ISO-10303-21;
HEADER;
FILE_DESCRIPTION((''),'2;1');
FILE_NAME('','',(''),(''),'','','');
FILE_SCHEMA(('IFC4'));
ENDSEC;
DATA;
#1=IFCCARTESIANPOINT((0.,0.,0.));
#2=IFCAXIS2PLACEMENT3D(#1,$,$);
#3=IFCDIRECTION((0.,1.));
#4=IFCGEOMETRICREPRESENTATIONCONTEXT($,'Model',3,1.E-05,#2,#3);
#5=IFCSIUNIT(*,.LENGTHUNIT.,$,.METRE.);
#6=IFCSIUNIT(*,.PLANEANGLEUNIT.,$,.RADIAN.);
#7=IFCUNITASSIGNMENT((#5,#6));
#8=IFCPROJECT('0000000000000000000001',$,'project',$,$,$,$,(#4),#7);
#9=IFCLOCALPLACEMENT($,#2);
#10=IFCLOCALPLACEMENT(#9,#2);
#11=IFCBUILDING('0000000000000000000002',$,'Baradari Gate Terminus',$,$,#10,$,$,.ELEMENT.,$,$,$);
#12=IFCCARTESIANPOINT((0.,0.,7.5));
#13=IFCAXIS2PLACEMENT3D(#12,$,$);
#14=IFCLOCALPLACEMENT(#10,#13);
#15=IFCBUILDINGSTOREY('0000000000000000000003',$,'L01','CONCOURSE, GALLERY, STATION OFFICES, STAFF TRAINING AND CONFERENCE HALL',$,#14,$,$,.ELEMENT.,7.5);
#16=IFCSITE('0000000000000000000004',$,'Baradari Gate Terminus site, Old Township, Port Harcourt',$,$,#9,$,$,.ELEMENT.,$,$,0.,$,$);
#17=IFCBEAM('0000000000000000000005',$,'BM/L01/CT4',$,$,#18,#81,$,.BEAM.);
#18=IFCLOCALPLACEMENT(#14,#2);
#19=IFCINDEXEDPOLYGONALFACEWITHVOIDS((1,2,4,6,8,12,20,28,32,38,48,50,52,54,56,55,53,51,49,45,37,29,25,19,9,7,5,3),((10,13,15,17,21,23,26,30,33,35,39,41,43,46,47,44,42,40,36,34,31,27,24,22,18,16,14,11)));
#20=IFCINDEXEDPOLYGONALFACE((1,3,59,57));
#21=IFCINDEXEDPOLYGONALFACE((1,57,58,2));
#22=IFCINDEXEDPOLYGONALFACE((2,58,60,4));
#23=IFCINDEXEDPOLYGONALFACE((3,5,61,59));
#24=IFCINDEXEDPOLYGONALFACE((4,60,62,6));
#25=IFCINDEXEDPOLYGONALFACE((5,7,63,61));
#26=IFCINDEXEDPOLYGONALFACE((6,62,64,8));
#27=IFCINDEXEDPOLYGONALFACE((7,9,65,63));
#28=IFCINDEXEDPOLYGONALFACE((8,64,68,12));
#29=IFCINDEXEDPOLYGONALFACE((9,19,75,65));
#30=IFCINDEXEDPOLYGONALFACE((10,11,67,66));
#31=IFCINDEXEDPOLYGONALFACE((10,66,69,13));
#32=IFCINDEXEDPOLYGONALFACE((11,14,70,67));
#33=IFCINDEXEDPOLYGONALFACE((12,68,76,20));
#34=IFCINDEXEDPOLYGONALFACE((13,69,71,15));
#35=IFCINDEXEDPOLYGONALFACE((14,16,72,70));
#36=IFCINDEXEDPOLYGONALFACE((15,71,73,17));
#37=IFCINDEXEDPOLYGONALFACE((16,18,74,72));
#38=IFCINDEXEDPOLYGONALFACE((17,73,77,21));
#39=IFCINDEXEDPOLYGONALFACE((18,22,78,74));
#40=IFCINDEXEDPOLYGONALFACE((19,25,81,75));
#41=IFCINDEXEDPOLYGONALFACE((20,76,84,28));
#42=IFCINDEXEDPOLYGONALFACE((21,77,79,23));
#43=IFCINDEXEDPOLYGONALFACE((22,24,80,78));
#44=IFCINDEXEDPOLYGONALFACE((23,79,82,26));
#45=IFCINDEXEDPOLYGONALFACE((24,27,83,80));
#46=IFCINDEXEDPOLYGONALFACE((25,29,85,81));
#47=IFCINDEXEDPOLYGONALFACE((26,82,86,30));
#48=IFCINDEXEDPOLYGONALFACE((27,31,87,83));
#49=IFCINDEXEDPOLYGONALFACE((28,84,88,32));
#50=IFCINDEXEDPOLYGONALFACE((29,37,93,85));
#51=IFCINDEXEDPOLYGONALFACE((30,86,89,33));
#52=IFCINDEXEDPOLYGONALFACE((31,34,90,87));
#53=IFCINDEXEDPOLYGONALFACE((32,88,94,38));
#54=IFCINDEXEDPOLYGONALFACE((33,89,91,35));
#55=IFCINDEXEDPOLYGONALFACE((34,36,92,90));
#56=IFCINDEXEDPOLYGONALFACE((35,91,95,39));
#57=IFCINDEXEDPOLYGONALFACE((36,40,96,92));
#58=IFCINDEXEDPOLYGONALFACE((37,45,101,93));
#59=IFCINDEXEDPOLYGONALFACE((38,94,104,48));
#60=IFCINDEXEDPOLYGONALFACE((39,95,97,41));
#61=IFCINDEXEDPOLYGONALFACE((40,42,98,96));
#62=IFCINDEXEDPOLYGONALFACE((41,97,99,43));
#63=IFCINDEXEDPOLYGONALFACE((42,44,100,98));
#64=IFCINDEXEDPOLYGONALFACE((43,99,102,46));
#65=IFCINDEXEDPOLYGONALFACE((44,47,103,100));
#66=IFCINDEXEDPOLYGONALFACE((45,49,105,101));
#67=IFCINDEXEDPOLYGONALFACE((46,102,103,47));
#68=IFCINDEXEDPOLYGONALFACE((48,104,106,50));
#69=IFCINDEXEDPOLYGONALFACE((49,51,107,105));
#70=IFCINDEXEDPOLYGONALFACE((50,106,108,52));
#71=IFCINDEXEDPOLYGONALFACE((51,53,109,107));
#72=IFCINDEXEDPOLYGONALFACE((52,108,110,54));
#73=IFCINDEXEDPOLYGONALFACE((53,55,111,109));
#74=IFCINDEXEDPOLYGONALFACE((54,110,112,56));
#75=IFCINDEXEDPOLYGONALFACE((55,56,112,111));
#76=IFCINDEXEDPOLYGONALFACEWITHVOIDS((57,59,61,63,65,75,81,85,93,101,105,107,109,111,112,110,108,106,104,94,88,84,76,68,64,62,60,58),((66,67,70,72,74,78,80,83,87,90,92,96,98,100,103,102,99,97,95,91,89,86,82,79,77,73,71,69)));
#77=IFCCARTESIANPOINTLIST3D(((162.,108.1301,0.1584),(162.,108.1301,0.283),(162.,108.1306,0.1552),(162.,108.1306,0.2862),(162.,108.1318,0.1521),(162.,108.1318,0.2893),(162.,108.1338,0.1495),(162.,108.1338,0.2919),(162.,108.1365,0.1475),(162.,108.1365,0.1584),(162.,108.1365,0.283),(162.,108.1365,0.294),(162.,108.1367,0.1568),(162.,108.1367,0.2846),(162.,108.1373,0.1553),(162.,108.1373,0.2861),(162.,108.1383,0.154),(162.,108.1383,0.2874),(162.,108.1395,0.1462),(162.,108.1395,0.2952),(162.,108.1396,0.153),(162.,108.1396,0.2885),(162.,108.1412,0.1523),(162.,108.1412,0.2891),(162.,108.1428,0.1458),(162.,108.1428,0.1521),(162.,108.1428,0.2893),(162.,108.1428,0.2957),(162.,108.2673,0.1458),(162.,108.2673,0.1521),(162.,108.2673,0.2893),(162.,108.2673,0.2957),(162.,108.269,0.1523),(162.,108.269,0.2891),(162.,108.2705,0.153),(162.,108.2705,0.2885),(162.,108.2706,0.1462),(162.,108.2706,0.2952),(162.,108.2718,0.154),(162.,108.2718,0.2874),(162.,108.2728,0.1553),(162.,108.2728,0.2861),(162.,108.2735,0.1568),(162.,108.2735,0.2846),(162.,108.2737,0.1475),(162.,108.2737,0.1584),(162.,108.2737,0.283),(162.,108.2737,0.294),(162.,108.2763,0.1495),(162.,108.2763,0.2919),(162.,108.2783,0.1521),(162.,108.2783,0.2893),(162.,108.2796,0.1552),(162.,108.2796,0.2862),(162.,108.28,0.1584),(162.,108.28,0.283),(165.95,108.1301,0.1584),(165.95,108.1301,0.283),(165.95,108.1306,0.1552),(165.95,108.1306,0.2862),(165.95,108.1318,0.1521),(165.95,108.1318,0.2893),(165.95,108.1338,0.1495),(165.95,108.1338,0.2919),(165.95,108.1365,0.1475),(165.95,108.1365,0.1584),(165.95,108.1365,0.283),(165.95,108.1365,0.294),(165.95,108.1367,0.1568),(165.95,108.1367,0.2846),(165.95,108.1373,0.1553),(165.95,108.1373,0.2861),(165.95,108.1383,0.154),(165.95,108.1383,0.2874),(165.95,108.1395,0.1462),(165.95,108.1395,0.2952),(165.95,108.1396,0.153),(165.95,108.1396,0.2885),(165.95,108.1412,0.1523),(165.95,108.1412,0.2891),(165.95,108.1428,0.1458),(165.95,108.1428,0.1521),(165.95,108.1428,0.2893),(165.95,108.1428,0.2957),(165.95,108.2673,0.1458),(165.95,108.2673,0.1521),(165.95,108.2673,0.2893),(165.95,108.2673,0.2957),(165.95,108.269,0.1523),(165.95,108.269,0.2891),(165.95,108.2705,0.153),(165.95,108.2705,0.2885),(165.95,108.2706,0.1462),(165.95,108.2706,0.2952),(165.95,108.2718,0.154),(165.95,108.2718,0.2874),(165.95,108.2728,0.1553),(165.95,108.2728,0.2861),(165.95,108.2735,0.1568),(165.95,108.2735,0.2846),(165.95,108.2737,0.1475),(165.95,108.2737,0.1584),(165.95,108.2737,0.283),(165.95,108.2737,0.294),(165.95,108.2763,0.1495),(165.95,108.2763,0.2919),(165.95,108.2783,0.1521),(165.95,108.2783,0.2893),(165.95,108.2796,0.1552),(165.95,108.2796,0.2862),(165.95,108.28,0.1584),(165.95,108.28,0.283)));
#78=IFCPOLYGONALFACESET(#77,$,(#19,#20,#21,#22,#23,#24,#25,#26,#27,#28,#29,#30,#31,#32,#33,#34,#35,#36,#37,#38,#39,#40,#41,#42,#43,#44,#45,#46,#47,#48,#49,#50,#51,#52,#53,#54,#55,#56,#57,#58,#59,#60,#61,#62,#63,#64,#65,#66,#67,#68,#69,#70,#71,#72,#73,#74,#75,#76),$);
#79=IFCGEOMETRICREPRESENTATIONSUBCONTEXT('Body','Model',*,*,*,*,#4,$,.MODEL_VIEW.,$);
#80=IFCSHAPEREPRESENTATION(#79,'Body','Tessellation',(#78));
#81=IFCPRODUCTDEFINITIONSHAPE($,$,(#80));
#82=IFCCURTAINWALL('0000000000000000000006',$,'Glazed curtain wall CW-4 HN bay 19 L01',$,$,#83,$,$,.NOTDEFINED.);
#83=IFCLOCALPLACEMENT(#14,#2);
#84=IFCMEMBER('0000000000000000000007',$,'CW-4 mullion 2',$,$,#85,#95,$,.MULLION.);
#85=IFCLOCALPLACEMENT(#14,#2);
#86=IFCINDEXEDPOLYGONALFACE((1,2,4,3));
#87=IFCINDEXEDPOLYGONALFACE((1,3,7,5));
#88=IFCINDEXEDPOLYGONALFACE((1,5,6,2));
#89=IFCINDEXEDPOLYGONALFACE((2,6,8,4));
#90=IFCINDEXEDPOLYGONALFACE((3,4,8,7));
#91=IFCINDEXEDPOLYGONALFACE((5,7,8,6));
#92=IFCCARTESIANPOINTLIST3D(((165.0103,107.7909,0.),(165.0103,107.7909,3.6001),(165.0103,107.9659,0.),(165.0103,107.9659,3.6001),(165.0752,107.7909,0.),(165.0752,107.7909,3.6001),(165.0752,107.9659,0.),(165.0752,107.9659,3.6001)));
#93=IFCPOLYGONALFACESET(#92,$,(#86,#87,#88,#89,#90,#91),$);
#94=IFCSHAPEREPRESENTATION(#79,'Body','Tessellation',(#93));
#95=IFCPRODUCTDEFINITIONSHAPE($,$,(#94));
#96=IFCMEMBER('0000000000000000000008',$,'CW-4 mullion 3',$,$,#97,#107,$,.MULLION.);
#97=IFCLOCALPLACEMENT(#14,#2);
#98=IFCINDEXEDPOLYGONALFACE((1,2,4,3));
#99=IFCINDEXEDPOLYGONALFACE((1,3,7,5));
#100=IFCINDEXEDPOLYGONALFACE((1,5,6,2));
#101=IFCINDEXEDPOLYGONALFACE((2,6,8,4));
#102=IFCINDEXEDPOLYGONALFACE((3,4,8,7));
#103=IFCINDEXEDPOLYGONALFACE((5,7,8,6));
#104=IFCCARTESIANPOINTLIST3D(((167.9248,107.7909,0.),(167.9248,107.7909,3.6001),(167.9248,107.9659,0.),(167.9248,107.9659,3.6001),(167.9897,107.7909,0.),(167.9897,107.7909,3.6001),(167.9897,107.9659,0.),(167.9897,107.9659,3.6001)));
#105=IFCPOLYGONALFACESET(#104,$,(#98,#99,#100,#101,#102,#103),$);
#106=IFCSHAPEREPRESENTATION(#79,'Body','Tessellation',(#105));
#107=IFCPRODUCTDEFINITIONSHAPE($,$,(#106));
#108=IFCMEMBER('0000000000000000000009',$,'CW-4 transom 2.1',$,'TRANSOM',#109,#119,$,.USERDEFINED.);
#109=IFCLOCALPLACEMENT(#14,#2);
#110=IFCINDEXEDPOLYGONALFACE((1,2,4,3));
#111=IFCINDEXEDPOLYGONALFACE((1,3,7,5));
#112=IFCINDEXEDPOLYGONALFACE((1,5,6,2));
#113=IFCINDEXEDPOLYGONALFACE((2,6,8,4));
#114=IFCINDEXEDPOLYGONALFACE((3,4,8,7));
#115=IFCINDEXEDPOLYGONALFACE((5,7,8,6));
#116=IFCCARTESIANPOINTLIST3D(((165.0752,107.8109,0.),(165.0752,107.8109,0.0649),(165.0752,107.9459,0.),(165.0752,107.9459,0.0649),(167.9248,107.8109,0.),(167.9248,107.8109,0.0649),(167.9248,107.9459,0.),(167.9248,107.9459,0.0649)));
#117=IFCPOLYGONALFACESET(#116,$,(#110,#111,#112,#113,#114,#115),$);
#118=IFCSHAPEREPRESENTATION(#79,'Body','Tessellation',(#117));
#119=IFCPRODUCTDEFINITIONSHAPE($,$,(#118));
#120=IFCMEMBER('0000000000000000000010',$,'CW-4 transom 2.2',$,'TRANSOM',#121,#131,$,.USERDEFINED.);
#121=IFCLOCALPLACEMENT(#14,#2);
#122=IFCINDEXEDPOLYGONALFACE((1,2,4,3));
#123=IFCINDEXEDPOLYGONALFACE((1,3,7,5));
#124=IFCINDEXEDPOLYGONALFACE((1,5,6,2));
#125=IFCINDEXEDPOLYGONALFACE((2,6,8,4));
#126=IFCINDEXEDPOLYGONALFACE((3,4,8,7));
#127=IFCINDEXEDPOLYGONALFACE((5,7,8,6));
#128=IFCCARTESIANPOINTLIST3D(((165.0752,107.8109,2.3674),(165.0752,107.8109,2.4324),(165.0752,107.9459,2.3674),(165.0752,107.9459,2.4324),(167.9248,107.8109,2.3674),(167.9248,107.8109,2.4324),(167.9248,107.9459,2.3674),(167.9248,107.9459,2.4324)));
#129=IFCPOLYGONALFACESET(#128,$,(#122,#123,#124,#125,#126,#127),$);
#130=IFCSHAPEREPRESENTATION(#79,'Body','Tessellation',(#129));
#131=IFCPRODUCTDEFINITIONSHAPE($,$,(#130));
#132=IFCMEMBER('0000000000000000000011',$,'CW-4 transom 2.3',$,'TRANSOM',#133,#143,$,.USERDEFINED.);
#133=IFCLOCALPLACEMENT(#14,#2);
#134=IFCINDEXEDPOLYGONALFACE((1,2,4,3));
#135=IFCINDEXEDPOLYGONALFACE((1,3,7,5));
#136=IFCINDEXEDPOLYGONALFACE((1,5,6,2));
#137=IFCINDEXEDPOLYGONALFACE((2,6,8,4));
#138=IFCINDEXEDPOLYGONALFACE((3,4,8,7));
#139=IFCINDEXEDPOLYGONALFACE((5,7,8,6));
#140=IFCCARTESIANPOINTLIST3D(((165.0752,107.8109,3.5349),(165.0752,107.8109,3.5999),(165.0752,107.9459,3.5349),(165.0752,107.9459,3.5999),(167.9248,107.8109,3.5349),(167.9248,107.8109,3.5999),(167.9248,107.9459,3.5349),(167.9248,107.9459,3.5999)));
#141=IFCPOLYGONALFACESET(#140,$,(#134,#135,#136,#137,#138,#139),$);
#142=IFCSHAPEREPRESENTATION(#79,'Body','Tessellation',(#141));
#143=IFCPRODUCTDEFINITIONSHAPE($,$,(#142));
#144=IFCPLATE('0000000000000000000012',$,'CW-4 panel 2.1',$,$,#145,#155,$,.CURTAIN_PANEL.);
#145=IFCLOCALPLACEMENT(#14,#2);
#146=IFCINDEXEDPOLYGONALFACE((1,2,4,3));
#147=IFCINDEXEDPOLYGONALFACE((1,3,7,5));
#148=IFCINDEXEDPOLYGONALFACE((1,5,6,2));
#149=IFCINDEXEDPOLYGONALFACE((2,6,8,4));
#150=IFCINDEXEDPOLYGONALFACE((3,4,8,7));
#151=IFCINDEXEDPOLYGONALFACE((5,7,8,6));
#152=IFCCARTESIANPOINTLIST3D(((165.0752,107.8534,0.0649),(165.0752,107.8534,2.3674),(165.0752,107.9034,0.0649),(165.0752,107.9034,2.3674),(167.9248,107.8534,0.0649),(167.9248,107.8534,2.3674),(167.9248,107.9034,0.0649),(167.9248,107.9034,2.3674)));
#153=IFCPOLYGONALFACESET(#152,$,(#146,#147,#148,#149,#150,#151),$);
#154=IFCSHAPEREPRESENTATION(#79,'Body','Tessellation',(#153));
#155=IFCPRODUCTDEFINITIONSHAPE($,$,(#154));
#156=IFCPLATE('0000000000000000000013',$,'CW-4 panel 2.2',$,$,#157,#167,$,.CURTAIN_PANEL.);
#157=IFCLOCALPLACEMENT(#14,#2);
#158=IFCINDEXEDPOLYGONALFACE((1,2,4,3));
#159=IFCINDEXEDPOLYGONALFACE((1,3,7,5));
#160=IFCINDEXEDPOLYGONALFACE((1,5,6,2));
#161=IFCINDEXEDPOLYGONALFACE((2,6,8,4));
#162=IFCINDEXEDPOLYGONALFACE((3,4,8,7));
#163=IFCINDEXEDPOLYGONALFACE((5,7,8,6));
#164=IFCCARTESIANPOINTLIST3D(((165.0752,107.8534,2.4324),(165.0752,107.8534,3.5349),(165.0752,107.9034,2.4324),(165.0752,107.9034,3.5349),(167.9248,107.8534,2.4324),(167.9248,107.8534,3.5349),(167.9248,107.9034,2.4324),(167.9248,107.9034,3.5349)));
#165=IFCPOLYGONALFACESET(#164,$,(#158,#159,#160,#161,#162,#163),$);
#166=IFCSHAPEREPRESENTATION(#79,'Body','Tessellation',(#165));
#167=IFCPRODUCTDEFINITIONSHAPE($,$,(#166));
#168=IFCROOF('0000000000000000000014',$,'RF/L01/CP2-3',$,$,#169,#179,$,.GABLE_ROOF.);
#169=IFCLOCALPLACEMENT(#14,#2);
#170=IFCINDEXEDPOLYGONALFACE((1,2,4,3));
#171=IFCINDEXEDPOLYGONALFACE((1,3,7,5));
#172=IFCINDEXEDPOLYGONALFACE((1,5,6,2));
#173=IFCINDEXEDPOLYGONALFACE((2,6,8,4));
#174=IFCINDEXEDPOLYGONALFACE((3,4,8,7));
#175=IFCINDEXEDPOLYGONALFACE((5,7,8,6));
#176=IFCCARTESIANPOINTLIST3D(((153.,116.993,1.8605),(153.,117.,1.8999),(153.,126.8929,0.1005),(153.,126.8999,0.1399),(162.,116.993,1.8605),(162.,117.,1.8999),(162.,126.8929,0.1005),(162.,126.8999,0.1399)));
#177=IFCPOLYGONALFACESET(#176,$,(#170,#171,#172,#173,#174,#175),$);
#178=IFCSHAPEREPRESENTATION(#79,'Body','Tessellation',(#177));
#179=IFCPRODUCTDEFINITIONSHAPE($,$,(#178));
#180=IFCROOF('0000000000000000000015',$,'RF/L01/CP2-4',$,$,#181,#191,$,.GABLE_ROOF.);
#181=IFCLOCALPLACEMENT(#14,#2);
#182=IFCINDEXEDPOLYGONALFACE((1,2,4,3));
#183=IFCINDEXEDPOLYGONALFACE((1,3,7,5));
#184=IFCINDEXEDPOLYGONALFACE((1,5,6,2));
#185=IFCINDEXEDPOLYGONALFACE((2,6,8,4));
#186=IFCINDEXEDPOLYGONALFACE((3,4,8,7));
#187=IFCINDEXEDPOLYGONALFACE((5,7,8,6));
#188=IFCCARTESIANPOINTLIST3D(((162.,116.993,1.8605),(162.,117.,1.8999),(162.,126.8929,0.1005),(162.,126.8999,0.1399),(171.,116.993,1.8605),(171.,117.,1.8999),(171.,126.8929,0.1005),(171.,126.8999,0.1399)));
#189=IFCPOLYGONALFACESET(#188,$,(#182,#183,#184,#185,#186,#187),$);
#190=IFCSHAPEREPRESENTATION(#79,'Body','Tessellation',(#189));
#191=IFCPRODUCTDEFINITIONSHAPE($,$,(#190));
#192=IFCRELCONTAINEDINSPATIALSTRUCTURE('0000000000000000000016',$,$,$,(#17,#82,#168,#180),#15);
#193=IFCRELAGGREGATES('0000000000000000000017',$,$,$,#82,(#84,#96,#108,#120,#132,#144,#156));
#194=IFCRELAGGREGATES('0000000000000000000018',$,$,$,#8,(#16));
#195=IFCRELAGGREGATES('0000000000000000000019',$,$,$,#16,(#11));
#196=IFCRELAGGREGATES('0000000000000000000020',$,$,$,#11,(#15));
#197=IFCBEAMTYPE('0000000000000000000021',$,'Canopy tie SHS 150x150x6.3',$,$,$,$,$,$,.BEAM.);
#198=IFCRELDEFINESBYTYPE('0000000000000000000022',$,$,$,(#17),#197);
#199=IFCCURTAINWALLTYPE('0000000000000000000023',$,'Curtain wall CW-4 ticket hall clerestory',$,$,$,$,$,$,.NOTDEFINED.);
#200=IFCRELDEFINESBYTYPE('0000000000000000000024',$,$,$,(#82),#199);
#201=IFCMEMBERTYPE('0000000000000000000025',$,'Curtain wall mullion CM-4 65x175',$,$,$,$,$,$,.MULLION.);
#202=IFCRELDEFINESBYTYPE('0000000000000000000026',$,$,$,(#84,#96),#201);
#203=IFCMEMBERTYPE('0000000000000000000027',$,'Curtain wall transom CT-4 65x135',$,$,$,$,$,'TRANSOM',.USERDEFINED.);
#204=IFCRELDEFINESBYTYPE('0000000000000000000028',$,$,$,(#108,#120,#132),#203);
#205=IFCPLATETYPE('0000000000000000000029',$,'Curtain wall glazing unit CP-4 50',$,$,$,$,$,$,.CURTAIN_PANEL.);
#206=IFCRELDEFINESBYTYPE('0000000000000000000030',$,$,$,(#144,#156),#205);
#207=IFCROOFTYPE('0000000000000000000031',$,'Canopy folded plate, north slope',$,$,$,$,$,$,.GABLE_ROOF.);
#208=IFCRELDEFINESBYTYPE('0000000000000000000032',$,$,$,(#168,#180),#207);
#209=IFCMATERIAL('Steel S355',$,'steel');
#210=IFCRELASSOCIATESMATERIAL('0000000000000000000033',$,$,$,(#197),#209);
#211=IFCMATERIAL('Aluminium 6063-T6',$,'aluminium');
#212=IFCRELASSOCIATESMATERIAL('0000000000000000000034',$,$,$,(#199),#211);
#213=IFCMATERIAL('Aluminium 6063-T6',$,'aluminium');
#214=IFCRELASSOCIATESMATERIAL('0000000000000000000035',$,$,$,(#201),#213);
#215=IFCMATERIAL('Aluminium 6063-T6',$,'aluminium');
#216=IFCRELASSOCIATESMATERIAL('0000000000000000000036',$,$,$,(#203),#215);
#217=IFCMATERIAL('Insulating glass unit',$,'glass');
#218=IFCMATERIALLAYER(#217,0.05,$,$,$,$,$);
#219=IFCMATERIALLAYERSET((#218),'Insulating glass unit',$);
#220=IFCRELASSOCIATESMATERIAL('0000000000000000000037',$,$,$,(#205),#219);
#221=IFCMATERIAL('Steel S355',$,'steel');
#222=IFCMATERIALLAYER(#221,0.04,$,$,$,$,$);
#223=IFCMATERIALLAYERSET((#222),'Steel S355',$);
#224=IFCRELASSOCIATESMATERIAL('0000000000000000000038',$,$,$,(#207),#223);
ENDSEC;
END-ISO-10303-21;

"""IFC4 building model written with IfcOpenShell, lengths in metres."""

from ifc_helpers import new_model, si_unit, direction, frame, origin, origin_2d, place, context, subcontext, project, spatial, polyline, rectangle, hollow_rectangle, outline, extrude, material, layer, layer_set, material_profile, profile_set, type_object, element, aggregate, save


model = new_model("IFC4")

# Units and contexts
model_context = context("Model", 3, precision=1e-05, world=origin(), true_north=direction((0.0, 1.0)))
body_context = subcontext(model_context, "Body", "Model", "MODEL_VIEW")
ifc_project = project(units=[si_unit("LENGTHUNIT", "METRE"), si_unit("PLANEANGLEUNIT", "RADIAN")], contexts=[model_context])

# Site, building, storey
site_placement = place(None, origin())
site = spatial("IfcSite", under=ifc_project, at=site_placement, Name="Baradari Gate Terminus site, Old Township, Port Harcourt", CompositionType="ELEMENT", RefElevation=0.0)
building_placement = place(site_placement, origin())
building = spatial("IfcBuilding", under=site, at=building_placement, Name="Baradari Gate Terminus", CompositionType="ELEMENT")
storey_placement = place(building_placement, frame((0.0, 0.0, 7.5)))
storey = spatial("IfcBuildingStorey", under=building, at=storey_placement, Name="L01", Description="CONCOURSE, GALLERY, STATION OFFICES, STAFF TRAINING AND CONFERENCE HALL", CompositionType="ELEMENT", Elevation=7.5)

# Beam
ifc_material_1 = material(Name="Steel S355", Category="steel")
ifc_material_profile_1 = material_profile(ifc_material_1, hollow_rectangle(XDim=0.1499, YDim=0.1499, WallThickness=0.0063, InnerFilletRadius=0.0063, OuterFilletRadius=0.0127, at=origin_2d()), Name="SHS 150x150x6.3")
ifc_profile_set_1 = profile_set([ifc_material_profile_1], Name="Steel S355")
beam_type_1 = type_object("IfcBeamType", Name="Canopy tie SHS 150x150x6.3", PredefinedType="BEAM", material=ifc_profile_set_1)
beam_1_placement = place(storey_placement, frame((162.0, 108.2051, 0.2207), z_axis=(1.0, 0.0, 0.0), x_axis=(0.0, 1.0, 0.0)))
element("IfcBeam", 1, at=beam_1_placement, inside=storey, type_object=beam_type_1, Name="BM/L01/CT4", PredefinedType="BEAM", context=body_context, shape_type="SweptSolid", body=[
    extrude(hollow_rectangle(XDim=0.1499, YDim=0.1499, WallThickness=0.0063, InnerFilletRadius=0.0063, OuterFilletRadius=0.0127, at=origin_2d()), origin(), (0.0, 0.0, 1.0), 3.95),
])

# Curtain wall, members, plates
ifc_material_2 = material(Name="Aluminium 6063-T6", Category="aluminium")
curtain_wall_type = type_object("IfcCurtainWallType", Name="Curtain wall CW-4 ticket hall clerestory", PredefinedType="NOTDEFINED", material=ifc_material_2)
curtain_wall_placement = place(storey_placement, origin())
curtain_wall = element("IfcCurtainWall", 2, at=curtain_wall_placement, inside=storey, type_object=curtain_wall_type, Name="Glazed curtain wall CW-4 HN bay 19 L01", PredefinedType="NOTDEFINED")
ifc_material_3 = material(Name="Aluminium 6063-T6", Category="aluminium")
ifc_material_profile_2 = material_profile(ifc_material_3, rectangle(XDim=0.175, YDim=0.0649, at=origin_2d()), Name="CM-4 65X175")
ifc_profile_set_2 = profile_set([ifc_material_profile_2], Name="Aluminium 6063-T6")
member_type_1 = type_object("IfcMemberType", Name="Curtain wall mullion CM-4 65x175", PredefinedType="MULLION", material=ifc_profile_set_2)
member_1_placement = place(storey_placement, frame((165.0427, 107.8784, 0.0), z_axis=(0.0, 0.0, 1.0), x_axis=(0.0, 1.0, 0.0)))
member_1 = element("IfcMember", 3, at=member_1_placement, type_object=member_type_1, Name="CW-4 mullion 2", PredefinedType="MULLION", context=body_context, shape_type="SweptSolid", body=[
    extrude(rectangle(XDim=0.175, YDim=0.0649, at=origin_2d()), origin(), (0.0, 0.0, 1.0), 3.6001),
])
member_2_placement = place(storey_placement, frame((167.9573, 107.8784, 0.0), z_axis=(0.0, 0.0, 1.0), x_axis=(0.0, 1.0, 0.0)))
member_2 = element("IfcMember", 4, at=member_2_placement, type_object=member_type_1, Name="CW-4 mullion 3", PredefinedType="MULLION", context=body_context, shape_type="SweptSolid", body=[
    extrude(rectangle(XDim=0.175, YDim=0.0649, at=origin_2d()), origin(), (0.0, 0.0, 1.0), 3.6001),
])
ifc_material_4 = material(Name="Aluminium 6063-T6", Category="aluminium")
ifc_material_profile_3 = material_profile(ifc_material_4, rectangle(XDim=0.135, YDim=0.0649, at=origin_2d()), Name="CT-4 65X135")
ifc_profile_set_3 = profile_set([ifc_material_profile_3], Name="Aluminium 6063-T6")
member_type_2 = type_object("IfcMemberType", Name="Curtain wall transom CT-4 65x135", ElementType="TRANSOM", PredefinedType="USERDEFINED", material=ifc_profile_set_3)
member_3_placement = place(storey_placement, frame((165.0752, 107.8784, 0.0325), z_axis=(1.0, 0.0, 0.0), x_axis=(0.0, 1.0, 0.0)))
member_3 = element("IfcMember", 5, at=member_3_placement, type_object=member_type_2, Name="CW-4 transom 2.1", ObjectType="TRANSOM", PredefinedType="USERDEFINED", context=body_context, shape_type="SweptSolid", body=[
    extrude(rectangle(XDim=0.135, YDim=0.0649, at=origin_2d()), origin(), (0.0, 0.0, 1.0), 2.8496),
])
member_4_placement = place(storey_placement, frame((165.0752, 107.8784, 2.3999), z_axis=(1.0, 0.0, 0.0), x_axis=(0.0, 1.0, 0.0)))
member_4 = element("IfcMember", 6, at=member_4_placement, type_object=member_type_2, Name="CW-4 transom 2.2", ObjectType="TRANSOM", PredefinedType="USERDEFINED", context=body_context, shape_type="SweptSolid", body=[
    extrude(rectangle(XDim=0.135, YDim=0.0649, at=origin_2d()), origin(), (0.0, 0.0, 1.0), 2.8496),
])
member_5_placement = place(storey_placement, frame((165.0752, 107.8784, 3.5674), z_axis=(1.0, 0.0, 0.0), x_axis=(0.0, 1.0, 0.0)))
member_5 = element("IfcMember", 7, at=member_5_placement, type_object=member_type_2, Name="CW-4 transom 2.3", ObjectType="TRANSOM", PredefinedType="USERDEFINED", context=body_context, shape_type="SweptSolid", body=[
    extrude(rectangle(XDim=0.135, YDim=0.0649, at=origin_2d()), origin(), (0.0, 0.0, 1.0), 2.8496),
])
ifc_material_5 = material(Name="Insulating glass unit", Category="glass")
ifc_layer_1 = layer(ifc_material_5, 0.05)
ifc_layer_set_1 = layer_set([ifc_layer_1], Name="Insulating glass unit")
plate_type = type_object("IfcPlateType", Name="Curtain wall glazing unit CP-4 50", PredefinedType="CURTAIN_PANEL", material=ifc_layer_set_1)
plate_1_placement = place(storey_placement, frame((166.5, 107.8784, 0.0649), z_axis=(0.0, 0.0, 1.0), x_axis=(1.0, 0.0, 0.0)))
plate_1 = element("IfcPlate", 8, at=plate_1_placement, type_object=plate_type, Name="CW-4 panel 2.1", PredefinedType="CURTAIN_PANEL", context=body_context, shape_type="SweptSolid", body=[
    extrude(rectangle(XDim=2.8496, YDim=0.05, at=origin_2d()), origin(), (0.0, 0.0, 1.0), 2.3025),
])
plate_2_placement = place(storey_placement, frame((166.5, 107.8784, 2.4324), z_axis=(0.0, 0.0, 1.0), x_axis=(1.0, 0.0, 0.0)))
plate_2 = element("IfcPlate", 9, at=plate_2_placement, type_object=plate_type, Name="CW-4 panel 2.2", PredefinedType="CURTAIN_PANEL", context=body_context, shape_type="SweptSolid", body=[
    extrude(rectangle(XDim=2.8496, YDim=0.05, at=origin_2d()), origin(), (0.0, 0.0, 1.0), 1.1025),
])
aggregate(curtain_wall, [member_1, member_2, member_3, member_4, member_5, plate_1, plate_2])

# Roofs
ifc_material_6 = material(Name="Steel S355", Category="steel")
ifc_layer_2 = layer(ifc_material_6, 0.04)
ifc_layer_set_2 = layer_set([ifc_layer_2], Name="Steel S355")
roof_type_1 = type_object("IfcRoofType", Name="Canopy folded plate, north slope", PredefinedType="GABLE_ROOF", material=ifc_layer_set_2)
for number, where, z_axis, x_axis, name in (
    (10, (153.0, 117.0, 1.8999), (0.0, 0.175036, 0.984562), (1.0, 0.0, 0.0), "RF/L01/CP2-3"),
    (11, (162.0, 117.0, 1.8999), (0.0, 0.175036, 0.984562), (1.0, 0.0, 0.0), "RF/L01/CP2-4"),
):
    element("IfcRoof", number, at=place(storey_placement, frame(where, z_axis=z_axis, x_axis=x_axis)), inside=storey, type_object=roof_type_1, Name=name, PredefinedType="GABLE_ROOF", context=body_context, shape_type="SweptSolid", body=[
        extrude(outline(polyline([(0.0, 0.0), (9.0, 0.0), (9.0, 10.0551), (0.0, 10.0551), (0.0, 0.0)])), origin(), (0.0, 0.0, -1.0), 0.04),
    ])

save(model, "model.ifc")
